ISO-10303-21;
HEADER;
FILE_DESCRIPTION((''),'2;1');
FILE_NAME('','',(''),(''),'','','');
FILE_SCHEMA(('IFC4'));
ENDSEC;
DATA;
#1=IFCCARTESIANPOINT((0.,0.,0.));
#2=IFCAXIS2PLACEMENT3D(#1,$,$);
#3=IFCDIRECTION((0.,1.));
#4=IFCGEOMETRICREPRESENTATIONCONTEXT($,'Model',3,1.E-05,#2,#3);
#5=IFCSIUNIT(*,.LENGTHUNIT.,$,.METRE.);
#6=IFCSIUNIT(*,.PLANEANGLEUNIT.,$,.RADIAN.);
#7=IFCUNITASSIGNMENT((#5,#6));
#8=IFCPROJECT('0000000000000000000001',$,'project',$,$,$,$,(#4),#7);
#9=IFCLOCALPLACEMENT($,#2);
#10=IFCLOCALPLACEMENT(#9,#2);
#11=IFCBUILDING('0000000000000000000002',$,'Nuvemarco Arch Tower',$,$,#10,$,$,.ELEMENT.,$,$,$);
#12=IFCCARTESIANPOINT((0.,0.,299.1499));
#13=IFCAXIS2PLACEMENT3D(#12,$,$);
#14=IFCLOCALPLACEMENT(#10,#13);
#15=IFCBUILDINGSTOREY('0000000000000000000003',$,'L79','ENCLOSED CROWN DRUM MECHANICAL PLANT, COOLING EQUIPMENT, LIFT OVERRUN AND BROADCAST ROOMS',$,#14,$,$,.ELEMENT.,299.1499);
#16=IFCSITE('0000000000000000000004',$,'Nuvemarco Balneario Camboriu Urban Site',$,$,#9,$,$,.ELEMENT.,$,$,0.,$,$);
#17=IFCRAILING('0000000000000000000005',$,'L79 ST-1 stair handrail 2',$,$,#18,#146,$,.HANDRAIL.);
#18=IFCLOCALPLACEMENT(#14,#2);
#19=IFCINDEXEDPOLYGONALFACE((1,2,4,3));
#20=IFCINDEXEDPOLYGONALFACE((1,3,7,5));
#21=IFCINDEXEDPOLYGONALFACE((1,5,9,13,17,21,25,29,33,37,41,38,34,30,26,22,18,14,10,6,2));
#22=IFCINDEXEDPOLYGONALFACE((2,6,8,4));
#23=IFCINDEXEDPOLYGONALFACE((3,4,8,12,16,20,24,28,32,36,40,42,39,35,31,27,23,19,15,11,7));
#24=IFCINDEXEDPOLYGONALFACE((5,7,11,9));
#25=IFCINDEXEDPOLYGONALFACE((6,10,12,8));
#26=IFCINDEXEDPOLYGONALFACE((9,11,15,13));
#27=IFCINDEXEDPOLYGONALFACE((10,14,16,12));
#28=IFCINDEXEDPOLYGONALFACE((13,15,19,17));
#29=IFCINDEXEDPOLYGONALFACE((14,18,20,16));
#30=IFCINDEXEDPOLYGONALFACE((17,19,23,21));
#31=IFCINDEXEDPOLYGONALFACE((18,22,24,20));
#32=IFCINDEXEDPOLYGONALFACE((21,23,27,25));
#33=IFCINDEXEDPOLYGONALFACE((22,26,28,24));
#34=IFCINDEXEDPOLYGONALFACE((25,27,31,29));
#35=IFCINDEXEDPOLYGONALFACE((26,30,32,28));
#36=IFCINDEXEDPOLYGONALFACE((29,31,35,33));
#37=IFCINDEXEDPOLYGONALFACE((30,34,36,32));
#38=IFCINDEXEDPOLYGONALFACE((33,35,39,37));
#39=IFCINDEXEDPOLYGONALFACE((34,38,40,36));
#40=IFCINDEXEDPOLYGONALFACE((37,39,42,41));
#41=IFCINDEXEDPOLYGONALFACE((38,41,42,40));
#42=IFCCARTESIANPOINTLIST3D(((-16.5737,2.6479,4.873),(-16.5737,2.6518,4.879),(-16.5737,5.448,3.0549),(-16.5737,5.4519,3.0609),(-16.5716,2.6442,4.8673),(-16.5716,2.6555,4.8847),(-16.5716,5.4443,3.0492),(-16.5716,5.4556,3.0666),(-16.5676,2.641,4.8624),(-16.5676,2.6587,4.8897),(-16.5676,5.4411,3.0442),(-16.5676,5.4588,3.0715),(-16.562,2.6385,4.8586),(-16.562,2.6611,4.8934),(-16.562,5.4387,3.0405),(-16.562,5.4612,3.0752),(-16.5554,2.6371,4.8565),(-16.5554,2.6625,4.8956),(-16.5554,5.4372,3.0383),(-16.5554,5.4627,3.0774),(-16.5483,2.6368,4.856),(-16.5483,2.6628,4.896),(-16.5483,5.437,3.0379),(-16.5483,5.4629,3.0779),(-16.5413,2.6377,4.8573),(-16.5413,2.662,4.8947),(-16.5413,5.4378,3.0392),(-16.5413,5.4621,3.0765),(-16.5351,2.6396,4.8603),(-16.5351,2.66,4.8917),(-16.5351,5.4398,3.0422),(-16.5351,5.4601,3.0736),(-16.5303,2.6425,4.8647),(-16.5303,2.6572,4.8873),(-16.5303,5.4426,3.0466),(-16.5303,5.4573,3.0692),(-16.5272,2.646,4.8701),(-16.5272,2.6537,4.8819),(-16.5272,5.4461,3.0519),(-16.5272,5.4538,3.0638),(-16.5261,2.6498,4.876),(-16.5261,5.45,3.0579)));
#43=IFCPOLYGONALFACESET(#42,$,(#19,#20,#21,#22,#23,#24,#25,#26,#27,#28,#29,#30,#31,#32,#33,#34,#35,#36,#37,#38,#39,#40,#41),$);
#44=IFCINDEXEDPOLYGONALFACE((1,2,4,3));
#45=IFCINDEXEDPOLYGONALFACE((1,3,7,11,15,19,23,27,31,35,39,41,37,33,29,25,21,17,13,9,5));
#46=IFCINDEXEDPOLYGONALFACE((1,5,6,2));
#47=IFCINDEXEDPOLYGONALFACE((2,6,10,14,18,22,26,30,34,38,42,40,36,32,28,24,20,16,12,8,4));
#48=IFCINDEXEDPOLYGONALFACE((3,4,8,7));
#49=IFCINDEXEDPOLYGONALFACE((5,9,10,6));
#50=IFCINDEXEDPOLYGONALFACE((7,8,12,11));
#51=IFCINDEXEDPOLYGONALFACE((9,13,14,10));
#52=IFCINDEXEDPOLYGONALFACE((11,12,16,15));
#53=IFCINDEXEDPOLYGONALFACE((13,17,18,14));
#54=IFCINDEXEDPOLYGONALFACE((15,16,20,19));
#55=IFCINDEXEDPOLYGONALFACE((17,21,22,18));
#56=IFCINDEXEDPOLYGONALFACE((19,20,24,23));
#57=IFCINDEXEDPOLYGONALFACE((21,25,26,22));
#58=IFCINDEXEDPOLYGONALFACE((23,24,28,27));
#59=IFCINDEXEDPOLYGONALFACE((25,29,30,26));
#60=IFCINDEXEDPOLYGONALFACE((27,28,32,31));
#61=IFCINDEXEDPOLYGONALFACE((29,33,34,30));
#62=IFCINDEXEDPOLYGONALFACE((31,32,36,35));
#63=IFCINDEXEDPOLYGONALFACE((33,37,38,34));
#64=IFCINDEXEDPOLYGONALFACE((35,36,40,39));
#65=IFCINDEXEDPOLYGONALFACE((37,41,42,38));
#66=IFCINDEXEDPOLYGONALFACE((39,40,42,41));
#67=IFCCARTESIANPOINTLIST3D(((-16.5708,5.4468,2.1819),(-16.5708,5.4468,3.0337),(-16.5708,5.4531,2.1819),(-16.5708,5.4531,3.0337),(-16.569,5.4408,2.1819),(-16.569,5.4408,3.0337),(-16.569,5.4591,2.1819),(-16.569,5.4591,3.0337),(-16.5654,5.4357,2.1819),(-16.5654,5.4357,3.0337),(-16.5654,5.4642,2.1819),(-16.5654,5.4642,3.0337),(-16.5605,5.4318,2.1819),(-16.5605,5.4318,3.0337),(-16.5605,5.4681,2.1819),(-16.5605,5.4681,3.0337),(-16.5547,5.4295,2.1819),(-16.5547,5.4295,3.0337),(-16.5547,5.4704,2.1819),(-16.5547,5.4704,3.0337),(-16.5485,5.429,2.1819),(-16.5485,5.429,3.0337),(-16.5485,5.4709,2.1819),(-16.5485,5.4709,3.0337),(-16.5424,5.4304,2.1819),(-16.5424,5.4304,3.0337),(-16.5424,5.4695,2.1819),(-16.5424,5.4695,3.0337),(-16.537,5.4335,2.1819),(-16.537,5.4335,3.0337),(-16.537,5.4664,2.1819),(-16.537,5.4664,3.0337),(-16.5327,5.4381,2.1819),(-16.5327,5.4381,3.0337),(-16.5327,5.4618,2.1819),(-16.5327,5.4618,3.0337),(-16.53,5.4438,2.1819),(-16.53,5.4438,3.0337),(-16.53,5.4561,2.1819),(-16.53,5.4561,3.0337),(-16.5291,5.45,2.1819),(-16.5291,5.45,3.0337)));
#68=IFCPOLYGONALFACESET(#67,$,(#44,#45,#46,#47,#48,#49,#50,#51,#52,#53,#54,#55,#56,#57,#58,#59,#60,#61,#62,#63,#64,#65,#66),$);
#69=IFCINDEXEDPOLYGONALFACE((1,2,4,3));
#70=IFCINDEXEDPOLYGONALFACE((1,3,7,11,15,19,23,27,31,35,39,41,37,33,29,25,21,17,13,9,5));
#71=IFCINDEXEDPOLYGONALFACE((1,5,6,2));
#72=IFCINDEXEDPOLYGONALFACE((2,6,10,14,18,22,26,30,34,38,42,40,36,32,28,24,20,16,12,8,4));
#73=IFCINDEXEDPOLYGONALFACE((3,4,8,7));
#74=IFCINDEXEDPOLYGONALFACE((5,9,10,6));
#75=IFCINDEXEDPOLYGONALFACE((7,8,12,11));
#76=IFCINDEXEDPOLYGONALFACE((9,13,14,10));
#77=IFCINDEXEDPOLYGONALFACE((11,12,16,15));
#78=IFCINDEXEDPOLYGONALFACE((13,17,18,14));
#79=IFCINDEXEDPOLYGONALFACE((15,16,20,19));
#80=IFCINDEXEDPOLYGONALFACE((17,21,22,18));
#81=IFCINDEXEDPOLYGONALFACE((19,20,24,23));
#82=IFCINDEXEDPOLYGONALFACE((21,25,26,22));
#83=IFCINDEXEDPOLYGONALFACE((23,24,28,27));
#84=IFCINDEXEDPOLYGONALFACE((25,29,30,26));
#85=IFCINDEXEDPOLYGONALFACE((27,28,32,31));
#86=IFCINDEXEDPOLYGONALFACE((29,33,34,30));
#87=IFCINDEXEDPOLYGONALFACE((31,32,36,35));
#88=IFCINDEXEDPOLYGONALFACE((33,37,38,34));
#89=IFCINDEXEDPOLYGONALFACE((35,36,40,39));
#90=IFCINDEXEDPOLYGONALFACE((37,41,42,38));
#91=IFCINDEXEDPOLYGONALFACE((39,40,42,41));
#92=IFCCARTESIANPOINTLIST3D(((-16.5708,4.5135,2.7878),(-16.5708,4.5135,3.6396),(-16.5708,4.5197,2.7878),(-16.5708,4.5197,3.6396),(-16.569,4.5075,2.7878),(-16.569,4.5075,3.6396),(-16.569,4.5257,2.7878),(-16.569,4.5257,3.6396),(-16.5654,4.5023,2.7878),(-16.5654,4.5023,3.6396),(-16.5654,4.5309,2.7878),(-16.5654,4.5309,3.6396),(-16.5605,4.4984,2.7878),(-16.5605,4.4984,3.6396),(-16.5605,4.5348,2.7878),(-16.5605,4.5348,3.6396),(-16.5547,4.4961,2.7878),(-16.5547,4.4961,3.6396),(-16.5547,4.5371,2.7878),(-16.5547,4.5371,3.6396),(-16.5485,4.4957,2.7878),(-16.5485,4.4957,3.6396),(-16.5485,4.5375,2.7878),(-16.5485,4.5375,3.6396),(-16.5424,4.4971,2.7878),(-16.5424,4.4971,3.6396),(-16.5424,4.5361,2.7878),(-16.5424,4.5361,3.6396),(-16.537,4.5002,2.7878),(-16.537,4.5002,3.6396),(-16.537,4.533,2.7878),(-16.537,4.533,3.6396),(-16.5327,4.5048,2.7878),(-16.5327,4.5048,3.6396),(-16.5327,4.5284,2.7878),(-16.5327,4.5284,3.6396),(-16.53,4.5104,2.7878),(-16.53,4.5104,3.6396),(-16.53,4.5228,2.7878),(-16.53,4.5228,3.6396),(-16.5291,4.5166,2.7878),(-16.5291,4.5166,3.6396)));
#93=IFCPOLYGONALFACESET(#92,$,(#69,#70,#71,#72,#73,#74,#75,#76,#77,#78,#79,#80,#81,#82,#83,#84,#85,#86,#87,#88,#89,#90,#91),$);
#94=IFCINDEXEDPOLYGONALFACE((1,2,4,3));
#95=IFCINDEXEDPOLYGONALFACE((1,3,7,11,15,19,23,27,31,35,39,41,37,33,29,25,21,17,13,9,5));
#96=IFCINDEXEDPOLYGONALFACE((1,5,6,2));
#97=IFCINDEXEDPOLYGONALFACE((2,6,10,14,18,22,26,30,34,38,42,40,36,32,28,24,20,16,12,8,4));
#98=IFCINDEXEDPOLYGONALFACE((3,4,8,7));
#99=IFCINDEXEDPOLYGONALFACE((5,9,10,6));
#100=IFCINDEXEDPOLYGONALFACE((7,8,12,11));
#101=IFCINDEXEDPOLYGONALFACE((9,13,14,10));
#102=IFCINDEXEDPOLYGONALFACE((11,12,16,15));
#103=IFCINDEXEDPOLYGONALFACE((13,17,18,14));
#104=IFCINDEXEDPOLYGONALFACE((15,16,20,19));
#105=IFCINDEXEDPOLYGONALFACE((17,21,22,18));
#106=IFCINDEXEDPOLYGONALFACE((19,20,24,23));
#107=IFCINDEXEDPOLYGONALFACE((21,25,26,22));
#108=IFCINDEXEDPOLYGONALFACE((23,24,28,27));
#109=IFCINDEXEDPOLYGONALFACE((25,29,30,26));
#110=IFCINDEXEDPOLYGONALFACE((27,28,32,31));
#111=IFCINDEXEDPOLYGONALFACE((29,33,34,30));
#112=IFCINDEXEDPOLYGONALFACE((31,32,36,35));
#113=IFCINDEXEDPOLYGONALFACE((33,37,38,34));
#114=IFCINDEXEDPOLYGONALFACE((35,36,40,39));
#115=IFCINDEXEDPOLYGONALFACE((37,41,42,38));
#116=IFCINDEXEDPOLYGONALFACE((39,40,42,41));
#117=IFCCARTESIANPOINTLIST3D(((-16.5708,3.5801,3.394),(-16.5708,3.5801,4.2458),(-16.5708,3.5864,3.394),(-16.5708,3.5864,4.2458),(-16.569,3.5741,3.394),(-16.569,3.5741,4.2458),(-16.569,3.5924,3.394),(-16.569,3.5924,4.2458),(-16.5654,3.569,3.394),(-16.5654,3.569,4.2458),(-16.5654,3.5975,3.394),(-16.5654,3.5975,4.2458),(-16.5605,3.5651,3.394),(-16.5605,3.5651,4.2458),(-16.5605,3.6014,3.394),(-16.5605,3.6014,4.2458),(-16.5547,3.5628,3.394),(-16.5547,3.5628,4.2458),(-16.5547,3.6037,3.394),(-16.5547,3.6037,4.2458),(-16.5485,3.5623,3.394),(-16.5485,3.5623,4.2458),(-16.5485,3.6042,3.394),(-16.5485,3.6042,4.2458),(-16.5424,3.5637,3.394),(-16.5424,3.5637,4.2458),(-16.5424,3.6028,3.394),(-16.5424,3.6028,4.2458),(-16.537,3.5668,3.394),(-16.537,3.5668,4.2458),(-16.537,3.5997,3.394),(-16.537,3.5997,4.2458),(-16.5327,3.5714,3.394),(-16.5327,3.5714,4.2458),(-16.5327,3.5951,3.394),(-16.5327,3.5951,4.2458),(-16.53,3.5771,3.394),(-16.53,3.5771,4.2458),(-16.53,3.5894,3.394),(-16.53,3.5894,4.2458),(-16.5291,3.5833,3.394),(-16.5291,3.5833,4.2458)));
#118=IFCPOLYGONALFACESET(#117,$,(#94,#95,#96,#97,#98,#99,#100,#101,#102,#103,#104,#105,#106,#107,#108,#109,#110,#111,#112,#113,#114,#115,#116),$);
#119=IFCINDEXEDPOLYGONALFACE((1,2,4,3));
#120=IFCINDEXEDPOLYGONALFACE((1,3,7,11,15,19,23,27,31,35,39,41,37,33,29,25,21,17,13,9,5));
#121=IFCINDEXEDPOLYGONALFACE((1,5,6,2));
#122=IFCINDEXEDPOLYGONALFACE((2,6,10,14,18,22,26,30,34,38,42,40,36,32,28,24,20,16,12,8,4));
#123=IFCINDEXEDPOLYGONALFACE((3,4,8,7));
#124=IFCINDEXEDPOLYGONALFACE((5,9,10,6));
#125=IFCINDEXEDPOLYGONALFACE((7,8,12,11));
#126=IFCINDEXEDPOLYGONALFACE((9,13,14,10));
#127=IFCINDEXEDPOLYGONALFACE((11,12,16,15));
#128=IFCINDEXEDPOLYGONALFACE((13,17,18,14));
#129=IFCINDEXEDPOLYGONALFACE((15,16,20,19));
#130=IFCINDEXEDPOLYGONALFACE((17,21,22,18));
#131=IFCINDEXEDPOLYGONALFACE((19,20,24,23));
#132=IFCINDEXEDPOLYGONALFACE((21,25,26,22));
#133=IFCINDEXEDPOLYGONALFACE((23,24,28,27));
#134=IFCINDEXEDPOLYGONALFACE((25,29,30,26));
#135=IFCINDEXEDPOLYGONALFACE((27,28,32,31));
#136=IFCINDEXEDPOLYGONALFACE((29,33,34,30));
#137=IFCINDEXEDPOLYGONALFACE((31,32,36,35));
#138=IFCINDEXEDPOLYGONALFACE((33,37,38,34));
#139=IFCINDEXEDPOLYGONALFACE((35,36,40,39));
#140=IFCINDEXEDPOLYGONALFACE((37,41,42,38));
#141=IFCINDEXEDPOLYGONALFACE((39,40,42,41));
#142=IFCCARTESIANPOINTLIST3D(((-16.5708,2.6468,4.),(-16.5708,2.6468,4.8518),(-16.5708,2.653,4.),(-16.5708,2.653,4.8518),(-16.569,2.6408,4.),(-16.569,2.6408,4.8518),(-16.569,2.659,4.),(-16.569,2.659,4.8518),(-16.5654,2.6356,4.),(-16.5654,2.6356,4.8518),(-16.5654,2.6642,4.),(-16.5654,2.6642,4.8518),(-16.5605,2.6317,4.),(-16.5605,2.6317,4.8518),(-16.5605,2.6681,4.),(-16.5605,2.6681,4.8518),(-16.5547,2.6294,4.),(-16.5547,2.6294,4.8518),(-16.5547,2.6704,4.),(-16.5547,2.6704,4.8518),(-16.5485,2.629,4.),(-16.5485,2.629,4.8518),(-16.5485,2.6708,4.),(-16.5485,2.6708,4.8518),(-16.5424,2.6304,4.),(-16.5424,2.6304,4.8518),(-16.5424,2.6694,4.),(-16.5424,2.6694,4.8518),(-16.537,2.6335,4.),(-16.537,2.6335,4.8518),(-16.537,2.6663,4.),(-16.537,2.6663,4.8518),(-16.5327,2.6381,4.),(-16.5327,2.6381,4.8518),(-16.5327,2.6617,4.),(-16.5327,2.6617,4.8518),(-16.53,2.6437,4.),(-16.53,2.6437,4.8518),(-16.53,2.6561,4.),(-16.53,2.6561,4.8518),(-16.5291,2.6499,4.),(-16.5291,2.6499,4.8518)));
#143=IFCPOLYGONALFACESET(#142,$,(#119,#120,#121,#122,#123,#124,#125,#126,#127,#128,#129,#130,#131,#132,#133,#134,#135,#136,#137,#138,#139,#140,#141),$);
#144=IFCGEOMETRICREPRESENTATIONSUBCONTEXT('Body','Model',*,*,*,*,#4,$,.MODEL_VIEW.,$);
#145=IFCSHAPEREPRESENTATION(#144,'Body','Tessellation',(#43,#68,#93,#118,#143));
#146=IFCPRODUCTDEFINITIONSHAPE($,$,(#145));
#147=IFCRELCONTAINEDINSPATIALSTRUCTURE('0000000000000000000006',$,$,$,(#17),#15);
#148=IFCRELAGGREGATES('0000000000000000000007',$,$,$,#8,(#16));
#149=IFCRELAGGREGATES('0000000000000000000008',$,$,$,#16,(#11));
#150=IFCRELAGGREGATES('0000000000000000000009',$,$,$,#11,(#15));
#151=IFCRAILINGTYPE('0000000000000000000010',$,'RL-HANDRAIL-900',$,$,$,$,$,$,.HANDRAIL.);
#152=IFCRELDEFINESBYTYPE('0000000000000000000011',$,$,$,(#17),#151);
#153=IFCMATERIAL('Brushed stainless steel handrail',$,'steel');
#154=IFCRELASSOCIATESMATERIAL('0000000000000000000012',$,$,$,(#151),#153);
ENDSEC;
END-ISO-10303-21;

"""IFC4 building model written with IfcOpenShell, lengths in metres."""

from ifc_helpers import new_model, si_unit, direction, frame, origin, origin_2d, place, context, subcontext, project, spatial, circle, extrude, material, type_object, element, save


model = new_model("IFC4")

# Units and contexts
model_context = context("Model", 3, precision=1e-05, world=origin(), true_north=direction((0.0, 1.0)))
body_context = subcontext(model_context, "Body", "Model", "MODEL_VIEW")
ifc_project = project(units=[si_unit("LENGTHUNIT", "METRE"), si_unit("PLANEANGLEUNIT", "RADIAN")], contexts=[model_context])

# Site, building, storey
site_placement = place(None, origin())
site = spatial("IfcSite", under=ifc_project, at=site_placement, Name="Nuvemarco Balneario Camboriu Urban Site", CompositionType="ELEMENT", RefElevation=0.0)
building_placement = place(site_placement, origin())
building = spatial("IfcBuilding", under=site, at=building_placement, Name="Nuvemarco Arch Tower", CompositionType="ELEMENT")
storey_placement = place(building_placement, frame((0.0, 0.0, 299.1499)))
storey = spatial("IfcBuildingStorey", under=building, at=storey_placement, Name="L79", Description="ENCLOSED CROWN DRUM MECHANICAL PLANT, COOLING EQUIPMENT, LIFT OVERRUN AND BROADCAST ROOMS", CompositionType="ELEMENT", Elevation=299.1499)

# Railing
ifc_material_1 = material(Name="Brushed stainless steel handrail", Category="steel")
railing_type_1 = type_object("IfcRailingType", Name="RL-HANDRAIL-900", PredefinedType="HANDRAIL", material=ifc_material_1)
railing_1_placement = place(storey_placement, frame((-16.55, 5.45, 2.1819)))
element("IfcRailing", 1, at=railing_1_placement, inside=storey, type_object=railing_type_1, Name="L79 ST-1 stair handrail 2", PredefinedType="HANDRAIL", context=body_context, shape_type="SweptSolid", body=[
    extrude(circle(Radius=0.0239, at=origin_2d()), frame((0.0, 0.0, 0.876), z_axis=(0.0, -0.838706, 0.544585), x_axis=(1.0, 0.0, 0.0)), (0.0, 0.0, 1.0), 3.3386),
    extrude(circle(Radius=0.021, at=origin_2d()), origin(), (0.0, 0.0, 1.0), 0.8518),
    extrude(circle(Radius=0.021, at=origin_2d()), frame((0.0, -0.9333, 0.606)), (0.0, 0.0, 1.0), 0.8518),
    extrude(circle(Radius=0.021, at=origin_2d()), frame((0.0, -1.8667, 1.2122)), (0.0, 0.0, 1.0), 0.8518),
    extrude(circle(Radius=0.021, at=origin_2d()), frame((0.0, -2.8, 1.8181)), (0.0, 0.0, 1.0), 0.8518),
])

save(model, "model.ifc")
